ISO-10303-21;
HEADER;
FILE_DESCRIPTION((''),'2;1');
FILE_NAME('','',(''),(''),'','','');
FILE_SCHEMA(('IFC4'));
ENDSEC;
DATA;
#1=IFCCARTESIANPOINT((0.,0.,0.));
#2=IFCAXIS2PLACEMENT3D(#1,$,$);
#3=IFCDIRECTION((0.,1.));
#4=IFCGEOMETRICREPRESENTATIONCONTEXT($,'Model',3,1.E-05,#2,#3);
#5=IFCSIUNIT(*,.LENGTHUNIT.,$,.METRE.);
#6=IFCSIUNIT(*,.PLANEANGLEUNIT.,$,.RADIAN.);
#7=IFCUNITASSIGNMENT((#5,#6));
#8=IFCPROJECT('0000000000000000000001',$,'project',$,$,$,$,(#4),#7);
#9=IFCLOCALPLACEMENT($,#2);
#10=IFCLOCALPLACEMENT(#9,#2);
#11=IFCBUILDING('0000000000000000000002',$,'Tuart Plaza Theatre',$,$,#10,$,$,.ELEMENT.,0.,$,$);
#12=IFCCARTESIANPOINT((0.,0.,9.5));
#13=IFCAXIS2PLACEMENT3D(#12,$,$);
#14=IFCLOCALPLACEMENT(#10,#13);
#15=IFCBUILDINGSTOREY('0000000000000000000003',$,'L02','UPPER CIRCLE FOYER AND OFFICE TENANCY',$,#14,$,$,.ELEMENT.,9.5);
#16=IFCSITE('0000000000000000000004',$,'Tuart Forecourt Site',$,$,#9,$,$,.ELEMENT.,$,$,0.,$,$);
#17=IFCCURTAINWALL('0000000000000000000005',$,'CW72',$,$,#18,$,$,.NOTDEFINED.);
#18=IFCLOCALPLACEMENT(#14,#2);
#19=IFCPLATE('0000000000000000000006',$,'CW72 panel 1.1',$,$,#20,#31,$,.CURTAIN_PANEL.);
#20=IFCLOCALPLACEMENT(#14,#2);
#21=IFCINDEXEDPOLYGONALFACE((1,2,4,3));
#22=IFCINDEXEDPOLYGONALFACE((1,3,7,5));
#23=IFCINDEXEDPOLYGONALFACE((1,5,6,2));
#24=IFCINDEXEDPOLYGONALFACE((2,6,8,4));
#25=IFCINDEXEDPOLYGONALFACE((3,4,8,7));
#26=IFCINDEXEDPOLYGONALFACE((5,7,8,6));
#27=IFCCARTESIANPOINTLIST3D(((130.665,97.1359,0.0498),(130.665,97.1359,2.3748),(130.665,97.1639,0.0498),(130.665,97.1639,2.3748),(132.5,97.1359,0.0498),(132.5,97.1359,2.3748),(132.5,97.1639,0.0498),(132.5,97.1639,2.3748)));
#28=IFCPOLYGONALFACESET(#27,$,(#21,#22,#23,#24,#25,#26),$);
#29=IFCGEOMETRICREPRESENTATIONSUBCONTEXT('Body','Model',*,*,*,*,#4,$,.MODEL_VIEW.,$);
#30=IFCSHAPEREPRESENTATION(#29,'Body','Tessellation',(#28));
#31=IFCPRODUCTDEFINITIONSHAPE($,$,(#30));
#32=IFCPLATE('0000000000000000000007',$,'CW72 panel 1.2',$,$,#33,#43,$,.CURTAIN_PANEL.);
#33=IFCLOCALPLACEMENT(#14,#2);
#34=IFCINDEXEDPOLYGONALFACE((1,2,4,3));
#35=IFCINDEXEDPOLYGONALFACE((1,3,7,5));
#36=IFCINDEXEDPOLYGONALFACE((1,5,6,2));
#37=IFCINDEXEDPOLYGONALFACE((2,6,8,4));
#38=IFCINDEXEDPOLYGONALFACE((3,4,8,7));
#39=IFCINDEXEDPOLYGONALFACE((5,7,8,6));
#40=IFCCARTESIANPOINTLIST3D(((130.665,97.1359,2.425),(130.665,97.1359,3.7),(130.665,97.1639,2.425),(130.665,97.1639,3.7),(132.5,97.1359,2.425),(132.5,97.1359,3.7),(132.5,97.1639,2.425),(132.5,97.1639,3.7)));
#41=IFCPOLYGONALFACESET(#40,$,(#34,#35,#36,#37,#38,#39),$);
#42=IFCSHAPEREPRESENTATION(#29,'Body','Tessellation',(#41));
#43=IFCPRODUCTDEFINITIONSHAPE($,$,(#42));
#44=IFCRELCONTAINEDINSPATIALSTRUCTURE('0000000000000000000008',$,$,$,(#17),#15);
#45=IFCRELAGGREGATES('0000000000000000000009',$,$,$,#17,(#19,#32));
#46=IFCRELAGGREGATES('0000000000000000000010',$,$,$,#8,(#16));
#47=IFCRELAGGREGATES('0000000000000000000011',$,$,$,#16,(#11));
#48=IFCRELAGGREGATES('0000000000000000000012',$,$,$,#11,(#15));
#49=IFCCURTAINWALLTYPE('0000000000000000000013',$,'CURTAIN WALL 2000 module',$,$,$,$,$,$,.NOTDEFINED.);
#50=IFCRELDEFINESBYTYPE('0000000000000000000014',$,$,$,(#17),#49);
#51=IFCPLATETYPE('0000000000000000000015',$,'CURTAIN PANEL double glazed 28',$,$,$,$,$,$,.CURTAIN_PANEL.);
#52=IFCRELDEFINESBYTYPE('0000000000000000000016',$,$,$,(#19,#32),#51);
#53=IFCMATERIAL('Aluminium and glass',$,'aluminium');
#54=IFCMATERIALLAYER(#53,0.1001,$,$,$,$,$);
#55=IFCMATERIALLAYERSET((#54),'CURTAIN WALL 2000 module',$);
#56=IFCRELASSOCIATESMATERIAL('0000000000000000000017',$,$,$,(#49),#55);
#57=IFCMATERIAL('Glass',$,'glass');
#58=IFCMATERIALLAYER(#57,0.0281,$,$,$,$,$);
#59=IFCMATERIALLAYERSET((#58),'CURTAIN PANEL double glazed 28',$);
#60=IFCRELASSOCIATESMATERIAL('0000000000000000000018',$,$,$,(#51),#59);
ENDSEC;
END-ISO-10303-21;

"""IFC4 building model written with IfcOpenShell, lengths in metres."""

from ifc_helpers import new_model, si_unit, direction, frame, origin, origin_2d, place, context, subcontext, project, spatial, rectangle, extrude, material, layer, layer_set, type_object, element, aggregate, save


model = new_model("IFC4")

# Units and contexts
model_context = context("Model", 3, precision=1e-05, world=origin(), true_north=direction((0.0, 1.0)))
body_context = subcontext(model_context, "Body", "Model", "MODEL_VIEW")
ifc_project = project(units=[si_unit("LENGTHUNIT", "METRE"), si_unit("PLANEANGLEUNIT", "RADIAN")], contexts=[model_context])

# Site, building, storey
site_placement = place(None, origin())
site = spatial("IfcSite", under=ifc_project, at=site_placement, Name="Tuart Forecourt Site", CompositionType="ELEMENT", RefElevation=0.0)
building_placement = place(site_placement, origin())
building = spatial("IfcBuilding", under=site, at=building_placement, Name="Tuart Plaza Theatre", CompositionType="ELEMENT", ElevationOfRefHeight=0.0)
storey_placement = place(building_placement, frame((0.0, 0.0, 9.5)))
storey = spatial("IfcBuildingStorey", under=building, at=storey_placement, Name="L02", Description="UPPER CIRCLE FOYER AND OFFICE TENANCY", CompositionType="ELEMENT", Elevation=9.5)

# Shared definitions
ifc_material_1 = material(Name="Aluminium and glass", Category="aluminium")
ifc_layer_1 = layer(ifc_material_1, 0.1001)
ifc_layer_set_1 = layer_set([ifc_layer_1], Name="CURTAIN WALL 2000 module")
curtain_wall_type = type_object("IfcCurtainWallType", Name="CURTAIN WALL 2000 module", PredefinedType="NOTDEFINED", material=ifc_layer_set_1)

# Curtain wall
curtain_wall_1_placement = place(storey_placement, origin())
curtain_wall_1 = element("IfcCurtainWall", 1, at=curtain_wall_1_placement, inside=storey, type_object=curtain_wall_type, Name="CW72", PredefinedType="NOTDEFINED")

# Plates
ifc_material_2 = material(Name="Glass", Category="glass")
ifc_layer_2 = layer(ifc_material_2, 0.0281)
ifc_layer_set_2 = layer_set([ifc_layer_2], Name="CURTAIN PANEL double glazed 28")
plate_type = type_object("IfcPlateType", Name="CURTAIN PANEL double glazed 28", PredefinedType="CURTAIN_PANEL", material=ifc_layer_set_2)
plate_1_placement = place(storey_placement, frame((131.5825, 97.1499, 0.0498), z_axis=(0.0, 0.0, 1.0), x_axis=(-1.0, 0.0, 0.0)))
plate_1 = element("IfcPlate", 2, at=plate_1_placement, type_object=plate_type, Name="CW72 panel 1.1", PredefinedType="CURTAIN_PANEL", context=body_context, shape_type="SweptSolid", body=[
    extrude(rectangle(XDim=1.835, YDim=0.0281, at=origin_2d()), origin(), (0.0, 0.0, 1.0), 2.325),
])
plate_2_placement = place(storey_placement, frame((131.5825, 97.1499, 2.425), z_axis=(0.0, 0.0, 1.0), x_axis=(-1.0, 0.0, 0.0)))
plate_2 = element("IfcPlate", 3, at=plate_2_placement, type_object=plate_type, Name="CW72 panel 1.2", PredefinedType="CURTAIN_PANEL", context=body_context, shape_type="SweptSolid", body=[
    extrude(rectangle(XDim=1.835, YDim=0.0281, at=origin_2d()), origin(), (0.0, 0.0, 1.0), 1.2749),
])
aggregate(curtain_wall_1, [plate_1, plate_2])

save(model, "model.ifc")
